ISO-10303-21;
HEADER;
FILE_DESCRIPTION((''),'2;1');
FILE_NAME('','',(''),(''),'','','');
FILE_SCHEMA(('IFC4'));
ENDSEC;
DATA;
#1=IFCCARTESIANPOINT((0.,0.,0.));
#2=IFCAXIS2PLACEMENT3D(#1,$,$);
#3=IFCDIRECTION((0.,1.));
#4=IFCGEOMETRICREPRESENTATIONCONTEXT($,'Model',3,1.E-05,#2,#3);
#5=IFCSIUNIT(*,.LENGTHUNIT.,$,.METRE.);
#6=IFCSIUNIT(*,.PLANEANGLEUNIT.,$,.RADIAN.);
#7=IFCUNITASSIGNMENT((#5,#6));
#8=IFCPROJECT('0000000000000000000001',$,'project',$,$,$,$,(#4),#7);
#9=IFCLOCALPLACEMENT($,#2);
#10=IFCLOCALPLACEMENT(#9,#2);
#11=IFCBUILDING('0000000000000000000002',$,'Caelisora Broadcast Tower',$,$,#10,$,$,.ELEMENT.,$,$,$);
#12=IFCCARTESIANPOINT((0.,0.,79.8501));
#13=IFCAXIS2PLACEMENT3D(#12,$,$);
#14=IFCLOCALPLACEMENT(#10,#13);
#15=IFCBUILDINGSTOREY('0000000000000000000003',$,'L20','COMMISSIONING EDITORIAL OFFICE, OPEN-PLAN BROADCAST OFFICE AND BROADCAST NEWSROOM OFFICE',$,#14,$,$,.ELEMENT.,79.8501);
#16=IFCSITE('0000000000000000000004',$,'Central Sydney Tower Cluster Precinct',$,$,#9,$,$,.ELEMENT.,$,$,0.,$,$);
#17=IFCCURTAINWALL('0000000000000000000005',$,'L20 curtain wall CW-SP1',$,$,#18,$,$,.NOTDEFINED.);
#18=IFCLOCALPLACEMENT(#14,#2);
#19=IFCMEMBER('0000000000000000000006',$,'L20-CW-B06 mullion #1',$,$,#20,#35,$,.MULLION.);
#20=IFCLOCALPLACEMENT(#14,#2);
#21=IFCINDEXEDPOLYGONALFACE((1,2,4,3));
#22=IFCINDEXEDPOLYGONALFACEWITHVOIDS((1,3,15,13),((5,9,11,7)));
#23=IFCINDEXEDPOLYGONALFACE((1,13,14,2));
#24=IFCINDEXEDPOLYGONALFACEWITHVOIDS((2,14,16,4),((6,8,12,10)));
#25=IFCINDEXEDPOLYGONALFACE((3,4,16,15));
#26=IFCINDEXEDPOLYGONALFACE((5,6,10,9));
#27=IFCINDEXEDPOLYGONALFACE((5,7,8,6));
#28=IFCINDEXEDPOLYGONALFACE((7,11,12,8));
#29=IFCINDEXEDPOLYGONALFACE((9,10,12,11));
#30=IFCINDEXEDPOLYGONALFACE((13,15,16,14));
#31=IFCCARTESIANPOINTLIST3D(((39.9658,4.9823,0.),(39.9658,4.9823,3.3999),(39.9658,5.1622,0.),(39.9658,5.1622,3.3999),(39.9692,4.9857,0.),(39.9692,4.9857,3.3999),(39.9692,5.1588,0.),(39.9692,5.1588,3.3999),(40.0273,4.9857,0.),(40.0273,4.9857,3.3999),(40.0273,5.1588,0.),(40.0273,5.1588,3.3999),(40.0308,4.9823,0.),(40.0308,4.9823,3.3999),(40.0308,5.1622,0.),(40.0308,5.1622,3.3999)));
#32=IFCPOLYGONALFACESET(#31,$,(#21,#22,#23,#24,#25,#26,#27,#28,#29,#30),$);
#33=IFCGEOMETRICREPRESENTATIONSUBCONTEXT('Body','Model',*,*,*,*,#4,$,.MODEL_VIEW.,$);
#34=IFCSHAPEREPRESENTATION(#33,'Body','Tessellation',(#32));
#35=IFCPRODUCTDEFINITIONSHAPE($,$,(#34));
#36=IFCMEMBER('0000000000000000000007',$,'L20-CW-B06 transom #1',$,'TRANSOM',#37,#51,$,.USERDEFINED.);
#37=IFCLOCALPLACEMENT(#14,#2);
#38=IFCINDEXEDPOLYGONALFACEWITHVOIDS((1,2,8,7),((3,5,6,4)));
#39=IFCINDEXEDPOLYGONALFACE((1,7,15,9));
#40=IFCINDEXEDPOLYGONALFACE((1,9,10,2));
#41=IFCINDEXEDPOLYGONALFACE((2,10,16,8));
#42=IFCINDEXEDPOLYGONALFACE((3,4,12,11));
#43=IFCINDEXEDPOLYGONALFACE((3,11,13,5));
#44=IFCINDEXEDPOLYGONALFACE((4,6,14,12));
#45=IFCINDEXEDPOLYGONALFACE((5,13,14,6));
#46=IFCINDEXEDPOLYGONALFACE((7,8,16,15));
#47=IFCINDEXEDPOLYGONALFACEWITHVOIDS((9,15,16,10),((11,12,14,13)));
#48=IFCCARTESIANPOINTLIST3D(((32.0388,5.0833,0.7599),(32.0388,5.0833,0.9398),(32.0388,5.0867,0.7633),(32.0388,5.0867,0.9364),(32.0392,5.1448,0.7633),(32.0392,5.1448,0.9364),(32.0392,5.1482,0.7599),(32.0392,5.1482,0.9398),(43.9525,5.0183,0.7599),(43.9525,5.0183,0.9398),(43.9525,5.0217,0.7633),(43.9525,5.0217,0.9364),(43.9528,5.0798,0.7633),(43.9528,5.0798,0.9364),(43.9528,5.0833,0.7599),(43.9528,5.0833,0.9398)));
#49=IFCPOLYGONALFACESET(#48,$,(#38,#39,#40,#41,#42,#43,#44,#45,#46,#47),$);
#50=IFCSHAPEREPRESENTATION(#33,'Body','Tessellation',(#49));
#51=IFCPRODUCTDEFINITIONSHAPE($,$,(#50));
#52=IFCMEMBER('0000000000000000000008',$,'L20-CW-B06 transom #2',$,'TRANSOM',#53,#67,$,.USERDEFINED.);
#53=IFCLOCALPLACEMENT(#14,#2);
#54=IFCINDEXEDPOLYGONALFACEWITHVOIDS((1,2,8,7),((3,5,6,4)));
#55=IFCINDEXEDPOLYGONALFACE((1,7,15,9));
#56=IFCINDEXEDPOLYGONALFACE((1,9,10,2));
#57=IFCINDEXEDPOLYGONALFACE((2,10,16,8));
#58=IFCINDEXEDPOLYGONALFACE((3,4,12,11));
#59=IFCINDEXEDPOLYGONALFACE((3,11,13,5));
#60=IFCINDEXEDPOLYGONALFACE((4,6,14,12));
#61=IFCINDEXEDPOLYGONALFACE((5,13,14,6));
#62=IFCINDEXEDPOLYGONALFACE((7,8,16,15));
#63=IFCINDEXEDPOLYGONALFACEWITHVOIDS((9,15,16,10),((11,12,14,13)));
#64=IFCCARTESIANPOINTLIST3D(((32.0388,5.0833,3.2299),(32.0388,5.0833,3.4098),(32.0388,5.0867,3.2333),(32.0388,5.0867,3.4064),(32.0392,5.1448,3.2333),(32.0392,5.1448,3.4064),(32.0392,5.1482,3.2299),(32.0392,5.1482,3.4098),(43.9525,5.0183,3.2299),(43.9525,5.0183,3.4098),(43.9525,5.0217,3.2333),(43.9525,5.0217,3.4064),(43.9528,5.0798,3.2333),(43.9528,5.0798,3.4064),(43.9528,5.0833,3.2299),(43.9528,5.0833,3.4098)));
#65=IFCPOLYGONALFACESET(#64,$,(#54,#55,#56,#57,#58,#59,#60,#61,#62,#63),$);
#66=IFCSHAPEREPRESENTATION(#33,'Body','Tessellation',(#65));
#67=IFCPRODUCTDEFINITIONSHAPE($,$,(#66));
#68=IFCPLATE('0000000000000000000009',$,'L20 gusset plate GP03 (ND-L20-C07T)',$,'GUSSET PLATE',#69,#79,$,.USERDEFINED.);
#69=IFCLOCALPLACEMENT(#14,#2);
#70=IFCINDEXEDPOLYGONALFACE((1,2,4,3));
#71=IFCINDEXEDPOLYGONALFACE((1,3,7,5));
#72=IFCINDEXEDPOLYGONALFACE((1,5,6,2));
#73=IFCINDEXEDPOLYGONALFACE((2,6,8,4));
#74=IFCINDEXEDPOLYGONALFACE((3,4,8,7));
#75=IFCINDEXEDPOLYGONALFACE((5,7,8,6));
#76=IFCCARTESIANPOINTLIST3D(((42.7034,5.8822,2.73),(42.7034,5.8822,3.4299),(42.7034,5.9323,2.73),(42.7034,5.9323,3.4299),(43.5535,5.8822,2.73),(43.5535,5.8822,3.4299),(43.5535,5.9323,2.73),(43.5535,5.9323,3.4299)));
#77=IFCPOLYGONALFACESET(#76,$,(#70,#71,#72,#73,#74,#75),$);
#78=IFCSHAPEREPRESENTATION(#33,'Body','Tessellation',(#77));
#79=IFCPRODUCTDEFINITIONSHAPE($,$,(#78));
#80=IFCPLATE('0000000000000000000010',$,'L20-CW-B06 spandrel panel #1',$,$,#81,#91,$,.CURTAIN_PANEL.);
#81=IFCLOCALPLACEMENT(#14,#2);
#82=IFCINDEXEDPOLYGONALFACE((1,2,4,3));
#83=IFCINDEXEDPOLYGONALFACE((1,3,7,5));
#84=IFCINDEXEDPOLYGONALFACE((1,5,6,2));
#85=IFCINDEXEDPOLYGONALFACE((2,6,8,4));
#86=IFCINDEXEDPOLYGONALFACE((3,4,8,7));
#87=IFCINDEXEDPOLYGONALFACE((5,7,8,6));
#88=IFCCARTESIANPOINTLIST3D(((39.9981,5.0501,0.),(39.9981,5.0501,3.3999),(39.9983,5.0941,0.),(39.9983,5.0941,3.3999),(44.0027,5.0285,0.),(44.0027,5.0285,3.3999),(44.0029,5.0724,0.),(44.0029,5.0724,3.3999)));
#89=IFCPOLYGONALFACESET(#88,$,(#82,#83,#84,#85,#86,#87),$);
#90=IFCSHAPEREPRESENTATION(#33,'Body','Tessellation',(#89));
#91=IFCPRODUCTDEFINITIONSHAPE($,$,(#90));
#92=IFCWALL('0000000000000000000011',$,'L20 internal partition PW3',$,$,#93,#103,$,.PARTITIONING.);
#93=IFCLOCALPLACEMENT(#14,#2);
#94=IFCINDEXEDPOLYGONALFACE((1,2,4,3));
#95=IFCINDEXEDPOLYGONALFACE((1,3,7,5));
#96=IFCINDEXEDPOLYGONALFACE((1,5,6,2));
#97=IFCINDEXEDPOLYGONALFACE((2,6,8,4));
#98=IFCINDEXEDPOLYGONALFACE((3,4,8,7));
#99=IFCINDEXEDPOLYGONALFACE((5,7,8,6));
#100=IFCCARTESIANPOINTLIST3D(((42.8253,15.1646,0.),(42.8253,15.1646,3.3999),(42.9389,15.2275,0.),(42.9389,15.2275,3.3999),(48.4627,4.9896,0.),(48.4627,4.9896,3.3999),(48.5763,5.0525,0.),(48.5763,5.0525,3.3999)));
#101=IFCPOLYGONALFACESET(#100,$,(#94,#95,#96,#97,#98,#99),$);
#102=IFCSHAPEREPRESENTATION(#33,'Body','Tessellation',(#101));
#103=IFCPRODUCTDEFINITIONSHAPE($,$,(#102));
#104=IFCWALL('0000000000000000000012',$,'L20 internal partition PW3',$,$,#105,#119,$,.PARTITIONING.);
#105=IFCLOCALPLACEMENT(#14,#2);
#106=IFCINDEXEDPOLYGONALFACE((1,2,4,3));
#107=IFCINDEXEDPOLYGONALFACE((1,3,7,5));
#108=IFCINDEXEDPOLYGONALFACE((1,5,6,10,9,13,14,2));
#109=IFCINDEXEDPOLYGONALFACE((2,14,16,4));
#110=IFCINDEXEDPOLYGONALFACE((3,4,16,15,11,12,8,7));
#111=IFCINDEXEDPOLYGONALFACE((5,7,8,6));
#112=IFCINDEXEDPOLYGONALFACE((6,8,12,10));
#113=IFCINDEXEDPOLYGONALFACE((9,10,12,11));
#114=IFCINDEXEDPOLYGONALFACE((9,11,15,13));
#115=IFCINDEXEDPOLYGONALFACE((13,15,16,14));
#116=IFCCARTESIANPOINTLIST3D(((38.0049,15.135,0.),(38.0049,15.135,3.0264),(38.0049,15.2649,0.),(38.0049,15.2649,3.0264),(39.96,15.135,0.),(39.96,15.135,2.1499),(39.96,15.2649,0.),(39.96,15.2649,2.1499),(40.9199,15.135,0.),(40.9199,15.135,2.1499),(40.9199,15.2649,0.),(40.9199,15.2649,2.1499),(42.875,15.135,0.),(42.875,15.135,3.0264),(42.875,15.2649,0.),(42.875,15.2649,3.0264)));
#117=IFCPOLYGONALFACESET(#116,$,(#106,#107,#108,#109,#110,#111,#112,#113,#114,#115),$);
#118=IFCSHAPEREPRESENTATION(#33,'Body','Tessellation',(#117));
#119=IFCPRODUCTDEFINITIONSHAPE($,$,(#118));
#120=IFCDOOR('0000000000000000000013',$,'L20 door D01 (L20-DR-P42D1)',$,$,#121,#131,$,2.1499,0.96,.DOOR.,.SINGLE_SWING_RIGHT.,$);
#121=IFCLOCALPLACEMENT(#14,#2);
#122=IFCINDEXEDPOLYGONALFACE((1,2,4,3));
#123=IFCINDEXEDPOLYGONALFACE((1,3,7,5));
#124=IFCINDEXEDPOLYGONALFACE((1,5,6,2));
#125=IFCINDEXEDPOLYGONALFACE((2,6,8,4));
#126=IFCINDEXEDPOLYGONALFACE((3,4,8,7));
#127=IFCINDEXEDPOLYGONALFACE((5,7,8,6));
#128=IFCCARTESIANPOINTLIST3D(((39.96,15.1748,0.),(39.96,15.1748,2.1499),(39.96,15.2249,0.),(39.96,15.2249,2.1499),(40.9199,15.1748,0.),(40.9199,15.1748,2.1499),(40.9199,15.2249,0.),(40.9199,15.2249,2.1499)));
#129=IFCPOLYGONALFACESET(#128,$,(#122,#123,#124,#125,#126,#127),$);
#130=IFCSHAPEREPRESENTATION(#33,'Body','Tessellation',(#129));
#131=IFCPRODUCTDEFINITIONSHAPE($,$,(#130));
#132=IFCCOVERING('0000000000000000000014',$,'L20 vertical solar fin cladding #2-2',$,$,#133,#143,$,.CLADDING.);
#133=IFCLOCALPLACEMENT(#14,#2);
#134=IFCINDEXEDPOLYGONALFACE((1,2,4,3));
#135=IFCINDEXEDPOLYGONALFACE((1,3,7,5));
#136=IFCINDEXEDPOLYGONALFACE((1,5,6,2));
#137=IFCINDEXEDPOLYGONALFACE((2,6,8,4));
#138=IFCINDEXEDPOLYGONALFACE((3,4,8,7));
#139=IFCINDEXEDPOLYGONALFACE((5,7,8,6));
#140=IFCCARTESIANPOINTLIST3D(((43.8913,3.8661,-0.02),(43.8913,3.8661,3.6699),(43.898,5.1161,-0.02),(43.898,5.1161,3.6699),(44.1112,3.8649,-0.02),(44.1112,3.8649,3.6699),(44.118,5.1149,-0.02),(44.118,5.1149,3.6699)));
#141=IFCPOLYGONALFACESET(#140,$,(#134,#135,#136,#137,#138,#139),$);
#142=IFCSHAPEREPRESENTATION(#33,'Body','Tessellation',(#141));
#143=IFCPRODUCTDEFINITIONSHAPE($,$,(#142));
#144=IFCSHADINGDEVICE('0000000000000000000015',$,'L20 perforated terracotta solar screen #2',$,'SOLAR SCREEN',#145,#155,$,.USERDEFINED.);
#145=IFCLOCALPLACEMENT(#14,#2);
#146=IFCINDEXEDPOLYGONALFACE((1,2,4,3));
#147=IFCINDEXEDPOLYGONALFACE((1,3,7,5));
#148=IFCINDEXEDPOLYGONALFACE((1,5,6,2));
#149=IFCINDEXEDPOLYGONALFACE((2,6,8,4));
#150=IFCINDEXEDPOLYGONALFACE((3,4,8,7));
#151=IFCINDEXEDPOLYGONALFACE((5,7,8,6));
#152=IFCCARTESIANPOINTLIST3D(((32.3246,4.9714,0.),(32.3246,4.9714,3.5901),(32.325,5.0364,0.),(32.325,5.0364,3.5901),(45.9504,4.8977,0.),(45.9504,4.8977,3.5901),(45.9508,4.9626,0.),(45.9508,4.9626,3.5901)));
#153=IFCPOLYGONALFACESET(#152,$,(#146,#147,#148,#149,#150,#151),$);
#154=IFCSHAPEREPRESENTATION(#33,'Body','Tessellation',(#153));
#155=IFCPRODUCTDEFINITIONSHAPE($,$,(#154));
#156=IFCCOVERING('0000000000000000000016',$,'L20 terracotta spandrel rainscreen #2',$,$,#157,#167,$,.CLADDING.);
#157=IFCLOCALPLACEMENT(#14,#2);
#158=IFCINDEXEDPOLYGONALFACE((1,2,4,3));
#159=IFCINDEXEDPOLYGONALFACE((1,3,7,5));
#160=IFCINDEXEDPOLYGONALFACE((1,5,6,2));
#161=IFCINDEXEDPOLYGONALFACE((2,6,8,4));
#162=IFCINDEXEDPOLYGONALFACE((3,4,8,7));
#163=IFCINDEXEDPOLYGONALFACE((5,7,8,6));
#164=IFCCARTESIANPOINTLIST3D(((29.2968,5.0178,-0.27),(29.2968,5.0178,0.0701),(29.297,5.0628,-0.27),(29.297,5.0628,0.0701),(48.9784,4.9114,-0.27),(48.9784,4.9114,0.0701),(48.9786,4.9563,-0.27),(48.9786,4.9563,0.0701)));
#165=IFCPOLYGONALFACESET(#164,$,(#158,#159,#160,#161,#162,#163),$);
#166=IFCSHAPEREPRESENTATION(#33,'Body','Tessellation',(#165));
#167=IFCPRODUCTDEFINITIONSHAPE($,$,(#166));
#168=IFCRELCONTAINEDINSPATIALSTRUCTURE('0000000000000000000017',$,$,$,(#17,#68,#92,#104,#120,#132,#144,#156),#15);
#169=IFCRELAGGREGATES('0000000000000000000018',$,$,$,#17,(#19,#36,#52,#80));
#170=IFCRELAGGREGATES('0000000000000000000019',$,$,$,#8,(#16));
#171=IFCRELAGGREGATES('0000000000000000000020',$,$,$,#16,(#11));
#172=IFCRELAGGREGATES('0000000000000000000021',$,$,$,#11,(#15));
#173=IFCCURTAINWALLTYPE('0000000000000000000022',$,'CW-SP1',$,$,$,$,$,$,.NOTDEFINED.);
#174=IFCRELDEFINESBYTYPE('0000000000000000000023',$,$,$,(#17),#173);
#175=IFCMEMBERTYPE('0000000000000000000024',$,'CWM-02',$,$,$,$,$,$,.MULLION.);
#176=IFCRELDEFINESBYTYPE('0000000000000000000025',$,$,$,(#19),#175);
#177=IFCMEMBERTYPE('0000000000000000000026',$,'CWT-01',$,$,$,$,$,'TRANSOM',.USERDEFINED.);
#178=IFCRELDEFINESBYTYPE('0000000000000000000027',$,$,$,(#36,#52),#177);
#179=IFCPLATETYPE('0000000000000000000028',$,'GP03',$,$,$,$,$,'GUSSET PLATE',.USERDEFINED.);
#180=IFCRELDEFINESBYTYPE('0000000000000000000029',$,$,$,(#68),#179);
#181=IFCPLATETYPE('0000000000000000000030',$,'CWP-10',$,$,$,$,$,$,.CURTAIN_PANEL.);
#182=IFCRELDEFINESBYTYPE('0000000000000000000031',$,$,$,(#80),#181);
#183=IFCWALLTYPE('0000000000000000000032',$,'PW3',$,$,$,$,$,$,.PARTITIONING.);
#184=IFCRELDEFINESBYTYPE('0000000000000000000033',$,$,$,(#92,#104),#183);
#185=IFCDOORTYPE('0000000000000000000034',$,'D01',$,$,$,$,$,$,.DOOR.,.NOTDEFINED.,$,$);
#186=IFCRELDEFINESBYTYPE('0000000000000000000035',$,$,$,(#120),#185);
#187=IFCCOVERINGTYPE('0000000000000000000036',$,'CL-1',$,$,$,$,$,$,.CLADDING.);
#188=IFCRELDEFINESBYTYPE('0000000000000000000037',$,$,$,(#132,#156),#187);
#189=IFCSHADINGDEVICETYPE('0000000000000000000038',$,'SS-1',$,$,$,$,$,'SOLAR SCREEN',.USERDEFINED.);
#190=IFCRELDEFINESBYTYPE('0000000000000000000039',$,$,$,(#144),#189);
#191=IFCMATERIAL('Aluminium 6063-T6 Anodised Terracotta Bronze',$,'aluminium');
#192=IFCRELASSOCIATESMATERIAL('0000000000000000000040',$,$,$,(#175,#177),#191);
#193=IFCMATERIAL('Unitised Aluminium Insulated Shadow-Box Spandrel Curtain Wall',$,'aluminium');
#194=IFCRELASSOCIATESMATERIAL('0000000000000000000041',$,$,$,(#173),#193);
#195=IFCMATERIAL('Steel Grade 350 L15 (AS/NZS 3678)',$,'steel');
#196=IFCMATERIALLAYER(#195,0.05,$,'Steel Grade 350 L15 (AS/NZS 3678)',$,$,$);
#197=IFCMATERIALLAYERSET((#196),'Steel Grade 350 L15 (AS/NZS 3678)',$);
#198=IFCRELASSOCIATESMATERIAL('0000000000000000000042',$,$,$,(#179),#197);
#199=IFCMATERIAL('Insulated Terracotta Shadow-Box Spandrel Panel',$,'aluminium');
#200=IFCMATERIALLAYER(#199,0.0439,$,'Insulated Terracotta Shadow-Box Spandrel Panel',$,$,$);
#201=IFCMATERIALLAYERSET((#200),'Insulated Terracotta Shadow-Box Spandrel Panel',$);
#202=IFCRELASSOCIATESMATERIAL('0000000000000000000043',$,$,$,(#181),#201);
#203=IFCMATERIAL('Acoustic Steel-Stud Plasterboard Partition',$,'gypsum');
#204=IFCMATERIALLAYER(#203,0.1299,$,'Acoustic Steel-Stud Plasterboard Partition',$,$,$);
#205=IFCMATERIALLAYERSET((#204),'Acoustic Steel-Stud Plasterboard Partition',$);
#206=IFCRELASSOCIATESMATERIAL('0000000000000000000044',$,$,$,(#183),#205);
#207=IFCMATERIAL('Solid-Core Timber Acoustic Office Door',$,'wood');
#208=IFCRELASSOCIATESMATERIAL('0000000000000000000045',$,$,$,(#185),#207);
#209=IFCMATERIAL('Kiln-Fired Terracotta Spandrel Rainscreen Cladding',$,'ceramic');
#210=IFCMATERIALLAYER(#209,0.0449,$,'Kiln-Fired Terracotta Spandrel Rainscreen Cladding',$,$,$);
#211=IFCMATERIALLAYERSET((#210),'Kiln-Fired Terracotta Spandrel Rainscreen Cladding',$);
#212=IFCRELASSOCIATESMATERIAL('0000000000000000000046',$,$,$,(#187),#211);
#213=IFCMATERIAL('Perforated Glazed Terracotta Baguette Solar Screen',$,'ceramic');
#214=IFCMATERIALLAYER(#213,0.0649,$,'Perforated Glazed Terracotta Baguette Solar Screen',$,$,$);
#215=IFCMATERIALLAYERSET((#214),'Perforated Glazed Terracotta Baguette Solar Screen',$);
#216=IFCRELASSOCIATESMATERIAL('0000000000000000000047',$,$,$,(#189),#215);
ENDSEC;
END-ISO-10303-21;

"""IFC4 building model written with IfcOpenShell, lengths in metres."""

from ifc_helpers import new_model, si_unit, direction, frame, frame_2d, origin, origin_2d, place, context, subcontext, project, spatial, rectangle, hollow_rectangle, extrude, source, transform, mapped, material, layer, layer_set, material_profile, profile_set, type_object, type_shapes, element, fill, aggregate, save


model = new_model("IFC4")

# Units and contexts
model_context = context("Model", 3, precision=1e-05, world=origin(), true_north=direction((0.0, 1.0)))
body_context = subcontext(model_context, "Body", "Model", "MODEL_VIEW")
ifc_project = project(units=[si_unit("LENGTHUNIT", "METRE"), si_unit("PLANEANGLEUNIT", "RADIAN")], contexts=[model_context])

# Site, building, storey
site_placement = place(None, origin())
site = spatial("IfcSite", under=ifc_project, at=site_placement, Name="Central Sydney Tower Cluster Precinct", CompositionType="ELEMENT", RefElevation=0.0)
building_placement = place(site_placement, origin())
building = spatial("IfcBuilding", under=site, at=building_placement, Name="Caelisora Broadcast Tower", CompositionType="ELEMENT")
storey_placement = place(building_placement, frame((0.0, 0.0, 79.8501)))
storey = spatial("IfcBuildingStorey", under=building, at=storey_placement, Name="L20", Description="COMMISSIONING EDITORIAL OFFICE, OPEN-PLAN BROADCAST OFFICE AND BROADCAST NEWSROOM OFFICE", CompositionType="ELEMENT", Elevation=79.8501)

# Shared definitions
ifc_material_1 = material(Name="Steel Grade 350 L15 (AS/NZS 3678)", Category="steel")

# Shared definitions
ifc_material_2 = material(Name="Aluminium 6063-T6 Anodised Terracotta Bronze", Category="aluminium")
ifc_material_profile_1 = material_profile(ifc_material_2, hollow_rectangle(XDim=0.0649, YDim=0.1799, WallThickness=0.0034, at=origin_2d()), Name="Aluminium 6063-T6 Anodised Terracotta Bronze")
ifc_profile_set_1 = profile_set([ifc_material_profile_1], Name="Aluminium 6063-T6 Anodised Terracotta Bronze")
member_type_1 = type_object("IfcMemberType", Name="CWM-02", PredefinedType="MULLION", material=ifc_profile_set_1)
shared_shape_1 = source(origin(), body_context, "Body", "SweptSolid", [
    extrude(hollow_rectangle(XDim=0.0649, YDim=0.1799, WallThickness=0.0034, at=origin_2d()), origin(), (0.0, 0.0, 1.0), 3.3999),
])
type_shapes(member_type_1, [shared_shape_1])

# Curtain wall, members
ifc_material_3 = material(Name="Unitised Aluminium Insulated Shadow-Box Spandrel Curtain Wall", Category="aluminium")
curtain_wall_type_1 = type_object("IfcCurtainWallType", Name="CW-SP1", PredefinedType="NOTDEFINED", material=ifc_material_3)
curtain_wall_1_placement = place(storey_placement, origin())
curtain_wall_1 = element("IfcCurtainWall", 1, at=curtain_wall_1_placement, inside=storey, type_object=curtain_wall_type_1, Name="L20 curtain wall CW-SP1", PredefinedType="NOTDEFINED")
member_1_placement = place(storey_placement, frame((39.9983, 5.0723, 0.0), z_axis=(0.0, 0.0, 1.0), x_axis=(1.0, 0.0, 0.0)))
member_1 = element("IfcMember", 2, at=member_1_placement, type_object=member_type_1, Name="L20-CW-B06 mullion #1", PredefinedType="MULLION", context=body_context, shape_type="MappedRepresentation", body=[
    mapped(shared_shape_1, transform((0.0, 0.0, 0.0), scale=1.0)),
])
ifc_material_profile_2 = material_profile(ifc_material_2, hollow_rectangle(XDim=0.0649, YDim=0.1799, WallThickness=0.0034, at=origin_2d()), Name="Aluminium 6063-T6 Anodised Terracotta Bronze")
ifc_profile_set_2 = profile_set([ifc_material_profile_2], Name="Aluminium 6063-T6 Anodised Terracotta Bronze")
member_type_2 = type_object("IfcMemberType", Name="CWT-01", ElementType="TRANSOM", PredefinedType="USERDEFINED", material=ifc_profile_set_2)
shared_shape_2 = source(origin(), body_context, "Body", "SweptSolid", [
    extrude(hollow_rectangle(XDim=0.0649, YDim=0.1799, WallThickness=0.0034, at=origin_2d()), origin(), (0.0, 0.0, 1.0), 11.9138),
])
type_shapes(member_type_2, [shared_shape_2])
member_2_placement = place(storey_placement, frame((43.9526, 5.0508, 0.8499), z_axis=(-0.999985, 0.005451, 0.0), x_axis=(-0.005451, -0.999985, 0.0)))
member_2 = element("IfcMember", 3, at=member_2_placement, type_object=member_type_2, Name="L20-CW-B06 transom #1", ObjectType="TRANSOM", PredefinedType="USERDEFINED", context=body_context, shape_type="MappedRepresentation", body=[
    mapped(shared_shape_2, transform((0.0, 0.0, 0.0), scale=1.0)),
])
member_3_placement = place(storey_placement, frame((43.9526, 5.0508, 3.3198), z_axis=(-0.999985, 0.005451, 0.0), x_axis=(-0.005451, -0.999985, 0.0)))
member_3 = element("IfcMember", 4, at=member_3_placement, type_object=member_type_2, Name="L20-CW-B06 transom #2", ObjectType="TRANSOM", PredefinedType="USERDEFINED", context=body_context, shape_type="MappedRepresentation", body=[
    mapped(shared_shape_2, transform((0.0, 0.0, 0.0), scale=1.0)),
])

# Plates
ifc_layer_1 = layer(ifc_material_1, 0.05, Name="Steel Grade 350 L15 (AS/NZS 3678)")
ifc_layer_set_1 = layer_set([ifc_layer_1], Name="Steel Grade 350 L15 (AS/NZS 3678)")
plate_type_1 = type_object("IfcPlateType", Name="GP03", ElementType="GUSSET PLATE", PredefinedType="USERDEFINED", material=ifc_layer_set_1)
shared_shape_3 = source(origin(), body_context, "Body", "SweptSolid", [
    extrude(rectangle(XDim=0.8501, YDim=0.05, at=origin_2d()), origin(), (0.0, 0.0, 1.0), 0.7),
])
type_shapes(plate_type_1, [shared_shape_3])
plate_1_placement = place(storey_placement, frame((43.1284, 5.9072, 2.73), z_axis=(0.0, 0.0, 1.0), x_axis=(1.0, 0.0, 0.0)))
element("IfcPlate", 5, at=plate_1_placement, inside=storey, type_object=plate_type_1, Name="L20 gusset plate GP03 (ND-L20-C07T)", ObjectType="GUSSET PLATE", PredefinedType="USERDEFINED", context=body_context, shape_type="MappedRepresentation", body=[
    mapped(shared_shape_3, transform((0.0, 0.0, 0.0), scale=1.0)),
])
ifc_material_4 = material(Name="Insulated Terracotta Shadow-Box Spandrel Panel", Category="aluminium")
ifc_layer_2 = layer(ifc_material_4, 0.0439, Name="Insulated Terracotta Shadow-Box Spandrel Panel")
ifc_layer_set_2 = layer_set([ifc_layer_2], Name="Insulated Terracotta Shadow-Box Spandrel Panel")
plate_type_2 = type_object("IfcPlateType", Name="CWP-10", PredefinedType="CURTAIN_PANEL", material=ifc_layer_set_2)
shared_shape_4 = source(origin(), body_context, "Body", "SweptSolid", [
    extrude(rectangle(XDim=4.0046, YDim=0.0439, at=origin_2d()), origin(), (0.0, 0.0, 1.0), 3.3999),
])
type_shapes(plate_type_2, [shared_shape_4])
plate_2_placement = place(storey_placement, frame((42.0005, 5.0613, 0.0), z_axis=(0.0, 0.0, 1.0), x_axis=(-0.999985, 0.00541, 0.0)))
plate_2 = element("IfcPlate", 6, at=plate_2_placement, type_object=plate_type_2, Name="L20-CW-B06 spandrel panel #1", PredefinedType="CURTAIN_PANEL", context=body_context, shape_type="MappedRepresentation", body=[
    mapped(shared_shape_4, transform((0.0, 0.0, 0.0), scale=1.0)),
])
aggregate(curtain_wall_1, [member_1, member_2, member_3, plate_2])

# Wall
ifc_material_5 = material(Name="Acoustic Steel-Stud Plasterboard Partition", Category="gypsum")
ifc_layer_3 = layer(ifc_material_5, 0.1299, Name="Acoustic Steel-Stud Plasterboard Partition")
ifc_layer_set_3 = layer_set([ifc_layer_3], Name="Acoustic Steel-Stud Plasterboard Partition")
wall_type = type_object("IfcWallType", Name="PW3", PredefinedType="PARTITIONING", material=ifc_layer_set_3)
wall_1_placement = place(storey_placement, frame((42.8821, 15.196, 0.0), z_axis=(0.0, 0.0, 1.0), x_axis=(0.484634, -0.874717, 0.0)))
element("IfcWall", 7, at=wall_1_placement, inside=storey, type_object=wall_type, Name="L20 internal partition PW3", PredefinedType="PARTITIONING", context=body_context, shape_type="SweptSolid", body=[
    extrude(rectangle(XDim=11.6323, YDim=0.1299, at=frame_2d((5.8162, 0.0))), origin(), (0.0, 0.0, 1.0), 3.3999),
])

# Wall, opening, door
wall_2_placement = place(storey_placement, frame((38.0049, 15.2, 0.0), z_axis=(0.0, 0.0, 1.0), x_axis=(1.0, 0.0, 0.0)))
wall_2 = element("IfcWall", 8, at=wall_2_placement, inside=storey, type_object=wall_type, Name="L20 internal partition PW3", PredefinedType="PARTITIONING", context=body_context, shape_type="SweptSolid", body=[
    extrude(rectangle(XDim=4.8701, YDim=0.1299, at=frame_2d((2.4351, 0.0))), origin(), (0.0, 0.0, 1.0), 3.0264),
])
opening_placement = place(wall_2_placement, frame((1.9551, 0.0, 0.0)))
opening = element("IfcOpeningElement", 9, at=opening_placement, cuts=wall_2, PredefinedType="OPENING", context=body_context, shape_type="SweptSolid", body=[
    extrude(rectangle(XDim=0.96, YDim=2.1499, at=frame_2d((0.48, 1.075))), frame((0.0, 0.0769, 0.0), z_axis=(0.0, -1.0, 0.0), x_axis=(1.0, 0.0, 0.0)), (0.0, 0.0, 1.0), 0.1538),
])
ifc_material_6 = material(Name="Solid-Core Timber Acoustic Office Door", Category="wood")
door_type = type_object("IfcDoorType", Name="D01", OperationType="NOTDEFINED", PredefinedType="DOOR", material=ifc_material_6)
door_placement = place(opening_placement, origin())
door = element("IfcDoor", 10, at=door_placement, inside=storey, type_object=door_type, Name="L20 door D01 (L20-DR-P42D1)", OperationType="SINGLE_SWING_RIGHT", OverallHeight=2.1499, OverallWidth=0.96, PredefinedType="DOOR", context=body_context, shape_type="SweptSolid", body=[
    extrude(rectangle(XDim=0.96, YDim=2.1499, at=frame_2d((0.48, 1.075))), frame((0.0, 0.0249, 0.0), z_axis=(0.0, -1.0, 0.0), x_axis=(1.0, 0.0, 0.0)), (0.0, 0.0, 1.0), 0.05),
])
fill(opening, door)

# Covering
ifc_material_7 = material(Name="Kiln-Fired Terracotta Spandrel Rainscreen Cladding", Category="ceramic")
ifc_layer_4 = layer(ifc_material_7, 0.0449, Name="Kiln-Fired Terracotta Spandrel Rainscreen Cladding")
ifc_layer_set_4 = layer_set([ifc_layer_4], Name="Kiln-Fired Terracotta Spandrel Rainscreen Cladding")
covering_type = type_object("IfcCoveringType", Name="CL-1", PredefinedType="CLADDING", material=ifc_layer_set_4)
shared_shape_5 = source(origin(), body_context, "Body", "SweptSolid", [
    extrude(rectangle(XDim=0.22, YDim=1.25, at=origin_2d()), origin(), (0.0, 0.0, 1.0), 3.6899),
])
covering_1_placement = place(storey_placement, frame((44.0046, 4.4905, -0.02), z_axis=(0.0, 0.0, 1.0), x_axis=(-0.999985, 0.00541, 0.0)))
element("IfcCovering", 11, at=covering_1_placement, inside=storey, type_object=covering_type, Name="L20 vertical solar fin cladding #2-2", PredefinedType="CLADDING", context=body_context, shape_type="MappedRepresentation", body=[
    mapped(shared_shape_5, transform((0.0, 0.0, 0.0), scale=1.0)),
])

# Shading device
ifc_material_8 = material(Name="Perforated Glazed Terracotta Baguette Solar Screen", Category="ceramic")
ifc_layer_5 = layer(ifc_material_8, 0.0649, Name="Perforated Glazed Terracotta Baguette Solar Screen")
ifc_layer_set_5 = layer_set([ifc_layer_5], Name="Perforated Glazed Terracotta Baguette Solar Screen")
shading_device_type = type_object("IfcShadingDeviceType", Name="SS-1", ElementType="SOLAR SCREEN", PredefinedType="USERDEFINED", material=ifc_layer_set_5)
shared_shape_6 = source(origin(), body_context, "Body", "SweptSolid", [
    extrude(rectangle(XDim=13.626, YDim=0.0649, at=origin_2d()), origin(), (0.0, 0.0, 1.0), 3.5901),
])
type_shapes(shading_device_type, [shared_shape_6])
shading_device_placement = place(storey_placement, frame((39.1377, 4.967, 0.0), z_axis=(0.0, 0.0, 1.0), x_axis=(0.999985, -0.00541, 0.0)))
element("IfcShadingDevice", 12, at=shading_device_placement, inside=storey, type_object=shading_device_type, Name="L20 perforated terracotta solar screen #2", ObjectType="SOLAR SCREEN", PredefinedType="USERDEFINED", context=body_context, shape_type="MappedRepresentation", body=[
    mapped(shared_shape_6, transform((0.0, 0.0, 0.0), scale=1.0)),
])

# Covering
shared_shape_7 = source(origin(), body_context, "Body", "SweptSolid", [
    extrude(rectangle(XDim=19.6819, YDim=0.0449, at=origin_2d()), origin(), (0.0, 0.0, 1.0), 0.3401),
])
type_shapes(covering_type, [shared_shape_5, shared_shape_7])
covering_2_placement = place(storey_placement, frame((39.1377, 4.9871, -0.27), z_axis=(0.0, 0.0, 1.0), x_axis=(0.999985, -0.00541, 0.0)))
element("IfcCovering", 13, at=covering_2_placement, inside=storey, type_object=covering_type, Name="L20 terracotta spandrel rainscreen #2", PredefinedType="CLADDING", context=body_context, shape_type="MappedRepresentation", body=[
    mapped(shared_shape_7, transform((0.0, 0.0, 0.0), scale=1.0)),
])

save(model, "model.ifc")
